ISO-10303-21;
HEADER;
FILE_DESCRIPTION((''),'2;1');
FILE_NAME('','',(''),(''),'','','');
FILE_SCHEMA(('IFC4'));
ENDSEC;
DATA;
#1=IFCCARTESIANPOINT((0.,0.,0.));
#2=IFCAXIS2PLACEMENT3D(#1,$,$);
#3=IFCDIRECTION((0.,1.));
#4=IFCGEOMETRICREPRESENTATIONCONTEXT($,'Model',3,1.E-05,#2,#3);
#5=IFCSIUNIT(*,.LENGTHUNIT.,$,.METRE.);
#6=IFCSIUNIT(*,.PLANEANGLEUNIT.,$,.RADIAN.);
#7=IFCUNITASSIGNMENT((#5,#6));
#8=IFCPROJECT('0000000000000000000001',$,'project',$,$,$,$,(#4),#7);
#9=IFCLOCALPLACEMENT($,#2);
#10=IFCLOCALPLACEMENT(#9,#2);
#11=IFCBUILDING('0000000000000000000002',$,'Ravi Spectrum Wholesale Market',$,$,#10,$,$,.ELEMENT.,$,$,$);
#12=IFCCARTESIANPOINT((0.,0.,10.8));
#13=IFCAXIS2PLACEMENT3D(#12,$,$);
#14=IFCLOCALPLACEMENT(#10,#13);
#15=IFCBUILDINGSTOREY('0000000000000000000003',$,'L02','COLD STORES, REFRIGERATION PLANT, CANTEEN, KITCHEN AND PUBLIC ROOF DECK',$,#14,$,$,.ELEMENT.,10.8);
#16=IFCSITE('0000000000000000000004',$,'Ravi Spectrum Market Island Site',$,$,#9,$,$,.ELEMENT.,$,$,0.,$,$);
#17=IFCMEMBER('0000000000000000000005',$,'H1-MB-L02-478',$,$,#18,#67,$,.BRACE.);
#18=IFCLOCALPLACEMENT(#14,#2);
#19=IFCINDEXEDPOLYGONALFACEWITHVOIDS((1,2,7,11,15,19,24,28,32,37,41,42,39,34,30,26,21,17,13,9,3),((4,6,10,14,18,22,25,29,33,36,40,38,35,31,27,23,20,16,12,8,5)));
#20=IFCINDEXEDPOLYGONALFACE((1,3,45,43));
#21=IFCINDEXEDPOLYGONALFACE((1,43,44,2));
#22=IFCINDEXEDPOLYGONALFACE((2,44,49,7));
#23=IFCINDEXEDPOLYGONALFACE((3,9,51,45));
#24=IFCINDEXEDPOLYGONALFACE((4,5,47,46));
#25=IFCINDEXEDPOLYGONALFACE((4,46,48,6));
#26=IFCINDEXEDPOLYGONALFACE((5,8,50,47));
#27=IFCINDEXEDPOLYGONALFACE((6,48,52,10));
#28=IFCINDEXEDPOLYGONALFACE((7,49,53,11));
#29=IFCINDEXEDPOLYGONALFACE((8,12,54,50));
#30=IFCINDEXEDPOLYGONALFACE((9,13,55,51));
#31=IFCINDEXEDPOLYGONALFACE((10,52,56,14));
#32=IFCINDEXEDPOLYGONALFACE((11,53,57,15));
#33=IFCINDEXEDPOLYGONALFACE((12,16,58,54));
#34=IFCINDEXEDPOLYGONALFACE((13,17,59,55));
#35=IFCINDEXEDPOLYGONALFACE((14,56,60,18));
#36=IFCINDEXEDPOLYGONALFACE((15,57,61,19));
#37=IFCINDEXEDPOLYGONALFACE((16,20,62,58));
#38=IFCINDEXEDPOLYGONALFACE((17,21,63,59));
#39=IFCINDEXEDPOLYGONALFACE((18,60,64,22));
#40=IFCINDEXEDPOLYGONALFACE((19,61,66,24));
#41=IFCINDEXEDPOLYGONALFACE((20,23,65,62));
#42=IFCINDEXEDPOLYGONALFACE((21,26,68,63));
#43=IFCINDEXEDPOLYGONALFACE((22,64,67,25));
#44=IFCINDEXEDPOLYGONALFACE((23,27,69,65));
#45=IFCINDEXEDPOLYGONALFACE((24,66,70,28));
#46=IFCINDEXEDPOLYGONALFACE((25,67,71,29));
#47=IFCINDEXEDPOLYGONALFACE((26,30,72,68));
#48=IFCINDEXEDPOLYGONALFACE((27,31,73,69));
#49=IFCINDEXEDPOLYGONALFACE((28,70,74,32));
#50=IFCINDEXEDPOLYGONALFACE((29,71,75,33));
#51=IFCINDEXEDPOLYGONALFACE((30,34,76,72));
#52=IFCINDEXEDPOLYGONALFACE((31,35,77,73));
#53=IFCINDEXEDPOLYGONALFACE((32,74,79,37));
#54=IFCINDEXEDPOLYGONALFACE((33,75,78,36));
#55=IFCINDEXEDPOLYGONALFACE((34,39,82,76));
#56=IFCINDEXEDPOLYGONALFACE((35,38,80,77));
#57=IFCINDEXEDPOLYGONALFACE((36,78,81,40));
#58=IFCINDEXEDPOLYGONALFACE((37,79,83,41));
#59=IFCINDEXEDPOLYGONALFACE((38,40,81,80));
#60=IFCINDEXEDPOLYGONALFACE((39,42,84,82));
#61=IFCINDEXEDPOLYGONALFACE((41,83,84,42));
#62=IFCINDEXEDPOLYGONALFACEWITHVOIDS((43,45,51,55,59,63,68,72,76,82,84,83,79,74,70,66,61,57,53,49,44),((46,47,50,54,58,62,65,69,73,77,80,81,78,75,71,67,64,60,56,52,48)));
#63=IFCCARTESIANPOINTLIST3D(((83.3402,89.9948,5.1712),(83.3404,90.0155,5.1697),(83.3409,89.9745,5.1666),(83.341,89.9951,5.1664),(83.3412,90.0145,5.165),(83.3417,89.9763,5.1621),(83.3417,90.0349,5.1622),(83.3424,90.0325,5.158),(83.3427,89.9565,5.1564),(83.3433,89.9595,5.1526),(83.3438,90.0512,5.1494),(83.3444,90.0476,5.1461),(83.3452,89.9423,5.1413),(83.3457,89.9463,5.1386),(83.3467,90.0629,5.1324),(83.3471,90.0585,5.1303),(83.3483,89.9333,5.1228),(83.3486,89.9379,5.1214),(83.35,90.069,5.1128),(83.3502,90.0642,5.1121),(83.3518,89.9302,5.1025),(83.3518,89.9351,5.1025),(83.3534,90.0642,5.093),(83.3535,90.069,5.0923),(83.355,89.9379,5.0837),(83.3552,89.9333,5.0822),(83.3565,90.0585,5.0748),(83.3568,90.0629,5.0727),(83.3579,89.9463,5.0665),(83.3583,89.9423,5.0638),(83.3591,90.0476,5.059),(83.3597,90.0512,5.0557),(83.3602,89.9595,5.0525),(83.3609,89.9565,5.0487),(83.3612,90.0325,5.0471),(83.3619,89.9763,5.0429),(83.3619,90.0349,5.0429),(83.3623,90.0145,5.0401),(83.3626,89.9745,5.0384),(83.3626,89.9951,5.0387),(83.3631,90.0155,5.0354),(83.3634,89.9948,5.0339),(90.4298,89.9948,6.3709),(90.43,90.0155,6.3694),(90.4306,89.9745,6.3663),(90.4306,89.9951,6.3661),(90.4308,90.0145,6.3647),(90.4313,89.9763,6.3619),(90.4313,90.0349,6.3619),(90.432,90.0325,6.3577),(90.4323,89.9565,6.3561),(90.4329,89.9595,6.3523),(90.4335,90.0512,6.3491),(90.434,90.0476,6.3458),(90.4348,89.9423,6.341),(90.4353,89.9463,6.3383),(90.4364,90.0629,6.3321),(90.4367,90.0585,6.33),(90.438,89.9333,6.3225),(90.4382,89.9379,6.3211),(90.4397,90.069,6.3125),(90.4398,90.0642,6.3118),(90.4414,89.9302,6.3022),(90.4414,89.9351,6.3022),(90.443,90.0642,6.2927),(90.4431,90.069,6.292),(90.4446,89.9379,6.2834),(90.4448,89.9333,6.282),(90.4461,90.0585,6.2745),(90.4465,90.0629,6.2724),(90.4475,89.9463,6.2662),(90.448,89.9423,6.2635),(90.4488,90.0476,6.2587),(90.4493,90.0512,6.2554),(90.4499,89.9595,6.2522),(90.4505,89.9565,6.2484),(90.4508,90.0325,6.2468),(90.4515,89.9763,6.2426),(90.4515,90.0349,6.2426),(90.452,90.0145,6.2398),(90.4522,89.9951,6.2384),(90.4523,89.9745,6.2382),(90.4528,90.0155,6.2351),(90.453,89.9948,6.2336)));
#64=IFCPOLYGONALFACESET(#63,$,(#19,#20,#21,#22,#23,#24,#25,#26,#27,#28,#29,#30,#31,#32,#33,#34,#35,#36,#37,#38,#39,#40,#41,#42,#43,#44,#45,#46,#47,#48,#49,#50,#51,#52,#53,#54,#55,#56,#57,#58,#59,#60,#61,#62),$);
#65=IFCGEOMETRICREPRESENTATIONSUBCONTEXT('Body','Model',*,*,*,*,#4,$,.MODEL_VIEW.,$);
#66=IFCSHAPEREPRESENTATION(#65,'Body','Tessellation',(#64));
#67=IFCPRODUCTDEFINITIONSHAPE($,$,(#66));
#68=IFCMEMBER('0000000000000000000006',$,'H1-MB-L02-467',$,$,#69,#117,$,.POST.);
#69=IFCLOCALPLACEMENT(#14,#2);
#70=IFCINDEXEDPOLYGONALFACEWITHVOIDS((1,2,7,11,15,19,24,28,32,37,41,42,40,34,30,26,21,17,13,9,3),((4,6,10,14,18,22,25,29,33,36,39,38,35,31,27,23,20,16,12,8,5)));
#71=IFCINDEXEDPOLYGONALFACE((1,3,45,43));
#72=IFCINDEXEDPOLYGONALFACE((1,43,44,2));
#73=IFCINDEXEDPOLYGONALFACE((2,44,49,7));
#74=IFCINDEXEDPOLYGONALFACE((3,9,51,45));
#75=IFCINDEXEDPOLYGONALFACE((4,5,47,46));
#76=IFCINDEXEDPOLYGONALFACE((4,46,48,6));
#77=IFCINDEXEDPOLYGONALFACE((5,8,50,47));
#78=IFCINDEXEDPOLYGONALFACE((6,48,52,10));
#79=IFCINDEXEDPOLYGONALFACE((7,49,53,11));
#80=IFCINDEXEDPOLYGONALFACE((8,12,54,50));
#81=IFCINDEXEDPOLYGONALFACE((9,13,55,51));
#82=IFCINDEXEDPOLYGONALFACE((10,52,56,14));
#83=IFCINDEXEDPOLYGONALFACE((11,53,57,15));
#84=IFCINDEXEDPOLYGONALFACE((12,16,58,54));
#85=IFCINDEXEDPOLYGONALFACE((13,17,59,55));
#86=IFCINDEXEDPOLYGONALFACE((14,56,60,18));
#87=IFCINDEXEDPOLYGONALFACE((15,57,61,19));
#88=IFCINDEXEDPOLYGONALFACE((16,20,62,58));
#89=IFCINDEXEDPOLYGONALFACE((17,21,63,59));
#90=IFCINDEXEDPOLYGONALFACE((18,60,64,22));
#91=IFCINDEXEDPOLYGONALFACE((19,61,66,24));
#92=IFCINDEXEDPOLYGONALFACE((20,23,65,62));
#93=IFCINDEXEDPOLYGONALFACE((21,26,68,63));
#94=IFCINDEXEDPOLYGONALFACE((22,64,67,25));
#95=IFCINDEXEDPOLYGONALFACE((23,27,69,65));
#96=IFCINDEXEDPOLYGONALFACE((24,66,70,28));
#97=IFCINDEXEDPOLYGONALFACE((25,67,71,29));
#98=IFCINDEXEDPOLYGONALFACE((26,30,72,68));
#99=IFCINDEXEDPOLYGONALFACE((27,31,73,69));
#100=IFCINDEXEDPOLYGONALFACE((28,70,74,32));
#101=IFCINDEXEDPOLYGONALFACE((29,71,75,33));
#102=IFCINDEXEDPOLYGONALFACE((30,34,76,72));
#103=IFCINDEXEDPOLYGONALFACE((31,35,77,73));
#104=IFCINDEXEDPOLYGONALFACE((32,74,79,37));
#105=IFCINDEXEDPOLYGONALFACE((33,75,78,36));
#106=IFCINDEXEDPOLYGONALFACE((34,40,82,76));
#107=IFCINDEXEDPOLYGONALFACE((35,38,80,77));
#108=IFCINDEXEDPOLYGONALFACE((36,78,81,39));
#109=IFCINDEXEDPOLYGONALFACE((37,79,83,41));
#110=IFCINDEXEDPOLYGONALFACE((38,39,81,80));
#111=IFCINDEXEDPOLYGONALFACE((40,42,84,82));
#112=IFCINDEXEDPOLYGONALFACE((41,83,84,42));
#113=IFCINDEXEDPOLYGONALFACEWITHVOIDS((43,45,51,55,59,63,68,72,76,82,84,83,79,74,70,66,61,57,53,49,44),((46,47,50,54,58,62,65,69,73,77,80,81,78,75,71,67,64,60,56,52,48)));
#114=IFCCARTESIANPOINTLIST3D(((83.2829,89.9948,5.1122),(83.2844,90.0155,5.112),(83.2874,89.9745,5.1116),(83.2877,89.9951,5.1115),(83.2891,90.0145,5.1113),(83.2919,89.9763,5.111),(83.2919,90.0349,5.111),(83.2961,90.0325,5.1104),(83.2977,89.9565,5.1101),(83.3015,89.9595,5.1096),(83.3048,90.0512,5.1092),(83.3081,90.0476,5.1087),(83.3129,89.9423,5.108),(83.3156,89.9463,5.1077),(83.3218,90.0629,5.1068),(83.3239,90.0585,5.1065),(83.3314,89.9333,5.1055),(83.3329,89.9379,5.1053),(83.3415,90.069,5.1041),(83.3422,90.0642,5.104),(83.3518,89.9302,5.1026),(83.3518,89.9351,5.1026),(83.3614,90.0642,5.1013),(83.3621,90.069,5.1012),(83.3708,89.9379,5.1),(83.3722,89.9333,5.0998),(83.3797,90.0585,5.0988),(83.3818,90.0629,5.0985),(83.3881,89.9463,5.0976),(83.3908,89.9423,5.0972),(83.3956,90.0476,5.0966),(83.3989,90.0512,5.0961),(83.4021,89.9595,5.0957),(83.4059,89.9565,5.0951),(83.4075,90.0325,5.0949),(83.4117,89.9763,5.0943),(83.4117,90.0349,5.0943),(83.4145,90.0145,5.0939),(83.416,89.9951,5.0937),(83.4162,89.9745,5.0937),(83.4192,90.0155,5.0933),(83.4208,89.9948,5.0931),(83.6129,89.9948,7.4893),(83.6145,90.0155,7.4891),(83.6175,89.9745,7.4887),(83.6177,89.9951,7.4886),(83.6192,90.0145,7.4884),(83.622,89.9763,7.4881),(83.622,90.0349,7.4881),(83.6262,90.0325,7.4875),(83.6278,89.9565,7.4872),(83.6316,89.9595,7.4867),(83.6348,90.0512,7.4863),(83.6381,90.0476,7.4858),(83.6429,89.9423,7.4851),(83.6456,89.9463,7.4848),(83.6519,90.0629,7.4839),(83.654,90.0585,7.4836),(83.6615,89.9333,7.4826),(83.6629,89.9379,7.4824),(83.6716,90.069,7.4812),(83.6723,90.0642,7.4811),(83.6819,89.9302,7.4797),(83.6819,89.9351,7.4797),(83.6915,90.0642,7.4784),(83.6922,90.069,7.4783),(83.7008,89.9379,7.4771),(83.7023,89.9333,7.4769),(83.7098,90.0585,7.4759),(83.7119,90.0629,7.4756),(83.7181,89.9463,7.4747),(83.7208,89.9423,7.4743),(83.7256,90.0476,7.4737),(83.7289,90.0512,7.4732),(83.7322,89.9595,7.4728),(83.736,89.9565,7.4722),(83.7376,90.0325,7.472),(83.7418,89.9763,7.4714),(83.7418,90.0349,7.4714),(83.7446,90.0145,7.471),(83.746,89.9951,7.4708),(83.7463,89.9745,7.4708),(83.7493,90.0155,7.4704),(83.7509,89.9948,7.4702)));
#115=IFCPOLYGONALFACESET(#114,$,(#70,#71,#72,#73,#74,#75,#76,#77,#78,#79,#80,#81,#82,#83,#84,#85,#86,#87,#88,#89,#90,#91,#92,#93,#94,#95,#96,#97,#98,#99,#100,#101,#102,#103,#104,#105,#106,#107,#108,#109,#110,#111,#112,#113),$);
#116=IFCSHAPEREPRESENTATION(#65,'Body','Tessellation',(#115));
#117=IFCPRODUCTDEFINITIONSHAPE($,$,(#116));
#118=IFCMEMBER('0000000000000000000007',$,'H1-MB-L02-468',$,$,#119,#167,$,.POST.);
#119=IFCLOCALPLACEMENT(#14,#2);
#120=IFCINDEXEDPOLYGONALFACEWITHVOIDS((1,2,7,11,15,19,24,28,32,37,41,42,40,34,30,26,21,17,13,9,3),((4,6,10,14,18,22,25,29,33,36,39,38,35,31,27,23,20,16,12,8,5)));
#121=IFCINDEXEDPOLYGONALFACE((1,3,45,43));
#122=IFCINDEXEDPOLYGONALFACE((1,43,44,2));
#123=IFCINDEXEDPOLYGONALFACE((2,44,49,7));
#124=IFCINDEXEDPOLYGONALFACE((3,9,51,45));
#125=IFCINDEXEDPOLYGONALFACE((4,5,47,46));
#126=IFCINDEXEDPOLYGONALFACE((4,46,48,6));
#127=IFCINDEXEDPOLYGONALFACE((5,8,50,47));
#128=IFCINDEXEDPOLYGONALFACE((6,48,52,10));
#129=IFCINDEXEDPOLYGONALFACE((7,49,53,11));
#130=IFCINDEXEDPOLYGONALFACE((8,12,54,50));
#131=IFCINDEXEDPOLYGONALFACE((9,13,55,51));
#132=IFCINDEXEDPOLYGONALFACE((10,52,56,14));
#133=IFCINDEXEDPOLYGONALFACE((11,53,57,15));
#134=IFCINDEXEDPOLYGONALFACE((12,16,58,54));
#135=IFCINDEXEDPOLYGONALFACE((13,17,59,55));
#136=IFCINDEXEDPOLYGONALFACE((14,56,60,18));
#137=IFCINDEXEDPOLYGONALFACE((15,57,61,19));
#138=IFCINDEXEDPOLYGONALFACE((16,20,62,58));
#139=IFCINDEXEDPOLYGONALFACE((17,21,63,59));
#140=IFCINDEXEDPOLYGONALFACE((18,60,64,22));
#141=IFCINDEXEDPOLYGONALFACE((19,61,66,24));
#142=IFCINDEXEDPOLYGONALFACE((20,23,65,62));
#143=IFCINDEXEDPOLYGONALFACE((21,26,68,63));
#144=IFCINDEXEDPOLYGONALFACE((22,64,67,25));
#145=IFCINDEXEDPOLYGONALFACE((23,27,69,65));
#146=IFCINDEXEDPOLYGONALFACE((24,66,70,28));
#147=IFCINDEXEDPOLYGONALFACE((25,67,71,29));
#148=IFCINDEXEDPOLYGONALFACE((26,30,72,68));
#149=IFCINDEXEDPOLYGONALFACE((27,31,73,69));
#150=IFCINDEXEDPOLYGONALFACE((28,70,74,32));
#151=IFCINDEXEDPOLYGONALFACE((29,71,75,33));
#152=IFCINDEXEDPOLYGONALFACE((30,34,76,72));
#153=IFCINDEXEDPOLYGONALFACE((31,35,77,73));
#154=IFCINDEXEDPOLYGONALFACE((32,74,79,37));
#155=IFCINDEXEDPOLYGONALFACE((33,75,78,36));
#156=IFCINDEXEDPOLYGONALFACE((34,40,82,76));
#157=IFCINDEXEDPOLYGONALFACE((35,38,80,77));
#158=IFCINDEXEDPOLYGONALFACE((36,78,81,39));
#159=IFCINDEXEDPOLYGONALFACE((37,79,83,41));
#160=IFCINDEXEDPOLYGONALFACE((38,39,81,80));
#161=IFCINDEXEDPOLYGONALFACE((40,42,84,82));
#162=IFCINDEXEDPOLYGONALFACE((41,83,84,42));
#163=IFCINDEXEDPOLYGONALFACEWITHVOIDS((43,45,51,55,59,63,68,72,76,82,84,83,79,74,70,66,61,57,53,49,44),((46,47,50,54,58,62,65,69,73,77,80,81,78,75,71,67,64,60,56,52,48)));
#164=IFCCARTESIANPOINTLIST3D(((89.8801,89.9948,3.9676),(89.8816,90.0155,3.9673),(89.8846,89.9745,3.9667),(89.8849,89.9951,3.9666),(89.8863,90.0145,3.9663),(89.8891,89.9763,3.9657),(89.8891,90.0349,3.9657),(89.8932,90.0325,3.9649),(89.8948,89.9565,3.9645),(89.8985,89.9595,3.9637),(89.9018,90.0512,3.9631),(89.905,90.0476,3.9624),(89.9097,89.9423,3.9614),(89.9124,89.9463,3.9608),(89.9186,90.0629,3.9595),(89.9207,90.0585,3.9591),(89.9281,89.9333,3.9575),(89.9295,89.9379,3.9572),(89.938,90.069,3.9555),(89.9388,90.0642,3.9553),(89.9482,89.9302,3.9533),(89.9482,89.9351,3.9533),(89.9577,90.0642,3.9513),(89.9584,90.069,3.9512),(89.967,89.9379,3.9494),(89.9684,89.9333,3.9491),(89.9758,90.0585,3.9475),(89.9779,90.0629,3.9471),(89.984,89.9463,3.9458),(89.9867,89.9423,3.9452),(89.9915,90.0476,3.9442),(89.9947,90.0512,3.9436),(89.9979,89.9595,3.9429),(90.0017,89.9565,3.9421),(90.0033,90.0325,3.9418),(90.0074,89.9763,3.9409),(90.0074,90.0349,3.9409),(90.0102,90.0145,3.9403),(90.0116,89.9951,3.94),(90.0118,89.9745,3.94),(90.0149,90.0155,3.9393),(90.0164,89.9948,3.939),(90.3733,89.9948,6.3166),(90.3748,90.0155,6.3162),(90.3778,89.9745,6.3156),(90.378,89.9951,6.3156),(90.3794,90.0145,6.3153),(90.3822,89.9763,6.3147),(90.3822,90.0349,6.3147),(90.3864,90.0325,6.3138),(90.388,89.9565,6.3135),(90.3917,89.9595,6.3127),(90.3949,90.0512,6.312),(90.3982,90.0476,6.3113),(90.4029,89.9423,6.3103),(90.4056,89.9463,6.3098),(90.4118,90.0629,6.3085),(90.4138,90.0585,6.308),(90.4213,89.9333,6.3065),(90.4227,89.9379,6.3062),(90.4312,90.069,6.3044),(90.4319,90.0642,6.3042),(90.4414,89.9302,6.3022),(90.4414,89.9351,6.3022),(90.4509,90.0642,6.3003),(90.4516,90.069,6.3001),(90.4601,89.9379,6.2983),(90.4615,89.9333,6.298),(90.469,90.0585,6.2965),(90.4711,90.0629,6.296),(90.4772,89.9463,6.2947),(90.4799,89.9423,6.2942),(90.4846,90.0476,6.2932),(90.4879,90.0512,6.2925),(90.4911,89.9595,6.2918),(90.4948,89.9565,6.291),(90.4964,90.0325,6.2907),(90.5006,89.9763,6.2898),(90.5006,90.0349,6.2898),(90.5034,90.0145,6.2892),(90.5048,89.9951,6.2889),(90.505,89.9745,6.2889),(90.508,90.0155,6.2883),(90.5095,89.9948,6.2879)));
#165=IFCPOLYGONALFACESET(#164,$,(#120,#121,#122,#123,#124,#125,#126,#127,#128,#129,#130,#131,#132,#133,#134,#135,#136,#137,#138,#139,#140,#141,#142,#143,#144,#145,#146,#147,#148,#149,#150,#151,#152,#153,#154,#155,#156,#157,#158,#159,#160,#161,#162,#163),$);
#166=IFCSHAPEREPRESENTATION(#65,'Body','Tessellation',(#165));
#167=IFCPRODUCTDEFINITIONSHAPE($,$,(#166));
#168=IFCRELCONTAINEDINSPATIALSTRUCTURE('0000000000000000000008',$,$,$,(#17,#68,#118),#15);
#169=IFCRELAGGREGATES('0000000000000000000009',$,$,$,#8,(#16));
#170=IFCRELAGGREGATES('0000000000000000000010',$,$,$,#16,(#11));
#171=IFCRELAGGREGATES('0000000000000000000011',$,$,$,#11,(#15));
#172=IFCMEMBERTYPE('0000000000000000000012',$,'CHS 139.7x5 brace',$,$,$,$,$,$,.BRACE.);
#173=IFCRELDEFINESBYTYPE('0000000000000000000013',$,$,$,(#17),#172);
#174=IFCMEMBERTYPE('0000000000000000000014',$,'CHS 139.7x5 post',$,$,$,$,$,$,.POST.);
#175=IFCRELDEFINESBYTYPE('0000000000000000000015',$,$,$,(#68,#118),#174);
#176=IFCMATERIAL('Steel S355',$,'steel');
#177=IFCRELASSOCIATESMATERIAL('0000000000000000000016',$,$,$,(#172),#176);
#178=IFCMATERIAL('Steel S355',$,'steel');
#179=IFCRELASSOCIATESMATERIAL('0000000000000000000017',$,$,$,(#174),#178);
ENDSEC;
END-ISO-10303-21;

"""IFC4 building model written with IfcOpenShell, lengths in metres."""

from ifc_helpers import new_model, si_unit, direction, frame, origin, origin_2d, place, context, subcontext, project, spatial, hollow_circle, extrude, material, material_profile, profile_set, type_object, element, save


model = new_model("IFC4")

# Units and contexts
model_context = context("Model", 3, precision=1e-05, world=origin(), true_north=direction((0.0, 1.0)))
body_context = subcontext(model_context, "Body", "Model", "MODEL_VIEW")
ifc_project = project(units=[si_unit("LENGTHUNIT", "METRE"), si_unit("PLANEANGLEUNIT", "RADIAN")], contexts=[model_context])

# Site, building, storey
site_placement = place(None, origin())
site = spatial("IfcSite", under=ifc_project, at=site_placement, Name="Ravi Spectrum Market Island Site", CompositionType="ELEMENT", RefElevation=0.0)
building_placement = place(site_placement, origin())
building = spatial("IfcBuilding", under=site, at=building_placement, Name="Ravi Spectrum Wholesale Market", CompositionType="ELEMENT")
storey_placement = place(building_placement, frame((0.0, 0.0, 10.8)))
storey = spatial("IfcBuildingStorey", under=building, at=storey_placement, Name="L02", Description="COLD STORES, REFRIGERATION PLANT, CANTEEN, KITCHEN AND PUBLIC ROOF DECK", CompositionType="ELEMENT", Elevation=10.8)

# Members
ifc_material_1 = material(Name="Steel S355", Category="steel")
ifc_material_profile_1 = material_profile(ifc_material_1, hollow_circle(Radius=0.0698, WallThickness=0.0049, at=origin_2d()))
ifc_profile_set_1 = profile_set([ifc_material_profile_1], Name="Steel S355")
member_type_1 = type_object("IfcMemberType", Name="CHS 139.7x5 brace", PredefinedType="BRACE", material=ifc_profile_set_1)
member_1_placement = place(storey_placement, frame((90.4414, 90.0, 6.3022), z_axis=(-0.985983, 0.0, -0.166849), x_axis=(0.0, -1.0, 0.0)))
element("IfcMember", 1, at=member_1_placement, inside=storey, type_object=member_type_1, Name="H1-MB-L02-478", PredefinedType="BRACE", context=body_context, shape_type="SweptSolid", body=[
    extrude(hollow_circle(Radius=0.0698, WallThickness=0.0049, at=origin_2d()), origin(), (0.0, 0.0, 1.0), 7.1904),
])
ifc_material_2 = material(Name="Steel S355", Category="steel")
ifc_material_profile_2 = material_profile(ifc_material_2, hollow_circle(Radius=0.0698, WallThickness=0.0049, at=origin_2d()))
ifc_profile_set_2 = profile_set([ifc_material_profile_2], Name="Steel S355")
member_type_2 = type_object("IfcMemberType", Name="CHS 139.7x5 post", PredefinedType="POST", material=ifc_profile_set_2)
member_2_placement = place(storey_placement, frame((83.6819, 90.0, 7.4797), z_axis=(-0.137532, 0.0, -0.990497), x_axis=(0.0, -1.0, 0.0)))
element("IfcMember", 2, at=member_2_placement, inside=storey, type_object=member_type_2, Name="H1-MB-L02-467", PredefinedType="POST", context=body_context, shape_type="SweptSolid", body=[
    extrude(hollow_circle(Radius=0.0698, WallThickness=0.0049, at=origin_2d()), origin(), (0.0, 0.0, 1.0), 2.3999),
])
for number, where, z_axis, x_axis, name in (
    (3, (90.4414, 90.0, 6.3022), (-0.205477, 0.0, -0.978662), (0.0, -1.0, 0.0), "H1-MB-L02-468"),
):
    element("IfcMember", number, at=place(storey_placement, frame(where, z_axis=z_axis, x_axis=x_axis)), inside=storey, type_object=member_type_2, Name=name, PredefinedType="POST", context=body_context, shape_type="SweptSolid", body=[
        extrude(hollow_circle(Radius=0.0698, WallThickness=0.0049, at=origin_2d()), origin(), (0.0, 0.0, 1.0), 2.4001),
    ])

save(model, "model.ifc")
